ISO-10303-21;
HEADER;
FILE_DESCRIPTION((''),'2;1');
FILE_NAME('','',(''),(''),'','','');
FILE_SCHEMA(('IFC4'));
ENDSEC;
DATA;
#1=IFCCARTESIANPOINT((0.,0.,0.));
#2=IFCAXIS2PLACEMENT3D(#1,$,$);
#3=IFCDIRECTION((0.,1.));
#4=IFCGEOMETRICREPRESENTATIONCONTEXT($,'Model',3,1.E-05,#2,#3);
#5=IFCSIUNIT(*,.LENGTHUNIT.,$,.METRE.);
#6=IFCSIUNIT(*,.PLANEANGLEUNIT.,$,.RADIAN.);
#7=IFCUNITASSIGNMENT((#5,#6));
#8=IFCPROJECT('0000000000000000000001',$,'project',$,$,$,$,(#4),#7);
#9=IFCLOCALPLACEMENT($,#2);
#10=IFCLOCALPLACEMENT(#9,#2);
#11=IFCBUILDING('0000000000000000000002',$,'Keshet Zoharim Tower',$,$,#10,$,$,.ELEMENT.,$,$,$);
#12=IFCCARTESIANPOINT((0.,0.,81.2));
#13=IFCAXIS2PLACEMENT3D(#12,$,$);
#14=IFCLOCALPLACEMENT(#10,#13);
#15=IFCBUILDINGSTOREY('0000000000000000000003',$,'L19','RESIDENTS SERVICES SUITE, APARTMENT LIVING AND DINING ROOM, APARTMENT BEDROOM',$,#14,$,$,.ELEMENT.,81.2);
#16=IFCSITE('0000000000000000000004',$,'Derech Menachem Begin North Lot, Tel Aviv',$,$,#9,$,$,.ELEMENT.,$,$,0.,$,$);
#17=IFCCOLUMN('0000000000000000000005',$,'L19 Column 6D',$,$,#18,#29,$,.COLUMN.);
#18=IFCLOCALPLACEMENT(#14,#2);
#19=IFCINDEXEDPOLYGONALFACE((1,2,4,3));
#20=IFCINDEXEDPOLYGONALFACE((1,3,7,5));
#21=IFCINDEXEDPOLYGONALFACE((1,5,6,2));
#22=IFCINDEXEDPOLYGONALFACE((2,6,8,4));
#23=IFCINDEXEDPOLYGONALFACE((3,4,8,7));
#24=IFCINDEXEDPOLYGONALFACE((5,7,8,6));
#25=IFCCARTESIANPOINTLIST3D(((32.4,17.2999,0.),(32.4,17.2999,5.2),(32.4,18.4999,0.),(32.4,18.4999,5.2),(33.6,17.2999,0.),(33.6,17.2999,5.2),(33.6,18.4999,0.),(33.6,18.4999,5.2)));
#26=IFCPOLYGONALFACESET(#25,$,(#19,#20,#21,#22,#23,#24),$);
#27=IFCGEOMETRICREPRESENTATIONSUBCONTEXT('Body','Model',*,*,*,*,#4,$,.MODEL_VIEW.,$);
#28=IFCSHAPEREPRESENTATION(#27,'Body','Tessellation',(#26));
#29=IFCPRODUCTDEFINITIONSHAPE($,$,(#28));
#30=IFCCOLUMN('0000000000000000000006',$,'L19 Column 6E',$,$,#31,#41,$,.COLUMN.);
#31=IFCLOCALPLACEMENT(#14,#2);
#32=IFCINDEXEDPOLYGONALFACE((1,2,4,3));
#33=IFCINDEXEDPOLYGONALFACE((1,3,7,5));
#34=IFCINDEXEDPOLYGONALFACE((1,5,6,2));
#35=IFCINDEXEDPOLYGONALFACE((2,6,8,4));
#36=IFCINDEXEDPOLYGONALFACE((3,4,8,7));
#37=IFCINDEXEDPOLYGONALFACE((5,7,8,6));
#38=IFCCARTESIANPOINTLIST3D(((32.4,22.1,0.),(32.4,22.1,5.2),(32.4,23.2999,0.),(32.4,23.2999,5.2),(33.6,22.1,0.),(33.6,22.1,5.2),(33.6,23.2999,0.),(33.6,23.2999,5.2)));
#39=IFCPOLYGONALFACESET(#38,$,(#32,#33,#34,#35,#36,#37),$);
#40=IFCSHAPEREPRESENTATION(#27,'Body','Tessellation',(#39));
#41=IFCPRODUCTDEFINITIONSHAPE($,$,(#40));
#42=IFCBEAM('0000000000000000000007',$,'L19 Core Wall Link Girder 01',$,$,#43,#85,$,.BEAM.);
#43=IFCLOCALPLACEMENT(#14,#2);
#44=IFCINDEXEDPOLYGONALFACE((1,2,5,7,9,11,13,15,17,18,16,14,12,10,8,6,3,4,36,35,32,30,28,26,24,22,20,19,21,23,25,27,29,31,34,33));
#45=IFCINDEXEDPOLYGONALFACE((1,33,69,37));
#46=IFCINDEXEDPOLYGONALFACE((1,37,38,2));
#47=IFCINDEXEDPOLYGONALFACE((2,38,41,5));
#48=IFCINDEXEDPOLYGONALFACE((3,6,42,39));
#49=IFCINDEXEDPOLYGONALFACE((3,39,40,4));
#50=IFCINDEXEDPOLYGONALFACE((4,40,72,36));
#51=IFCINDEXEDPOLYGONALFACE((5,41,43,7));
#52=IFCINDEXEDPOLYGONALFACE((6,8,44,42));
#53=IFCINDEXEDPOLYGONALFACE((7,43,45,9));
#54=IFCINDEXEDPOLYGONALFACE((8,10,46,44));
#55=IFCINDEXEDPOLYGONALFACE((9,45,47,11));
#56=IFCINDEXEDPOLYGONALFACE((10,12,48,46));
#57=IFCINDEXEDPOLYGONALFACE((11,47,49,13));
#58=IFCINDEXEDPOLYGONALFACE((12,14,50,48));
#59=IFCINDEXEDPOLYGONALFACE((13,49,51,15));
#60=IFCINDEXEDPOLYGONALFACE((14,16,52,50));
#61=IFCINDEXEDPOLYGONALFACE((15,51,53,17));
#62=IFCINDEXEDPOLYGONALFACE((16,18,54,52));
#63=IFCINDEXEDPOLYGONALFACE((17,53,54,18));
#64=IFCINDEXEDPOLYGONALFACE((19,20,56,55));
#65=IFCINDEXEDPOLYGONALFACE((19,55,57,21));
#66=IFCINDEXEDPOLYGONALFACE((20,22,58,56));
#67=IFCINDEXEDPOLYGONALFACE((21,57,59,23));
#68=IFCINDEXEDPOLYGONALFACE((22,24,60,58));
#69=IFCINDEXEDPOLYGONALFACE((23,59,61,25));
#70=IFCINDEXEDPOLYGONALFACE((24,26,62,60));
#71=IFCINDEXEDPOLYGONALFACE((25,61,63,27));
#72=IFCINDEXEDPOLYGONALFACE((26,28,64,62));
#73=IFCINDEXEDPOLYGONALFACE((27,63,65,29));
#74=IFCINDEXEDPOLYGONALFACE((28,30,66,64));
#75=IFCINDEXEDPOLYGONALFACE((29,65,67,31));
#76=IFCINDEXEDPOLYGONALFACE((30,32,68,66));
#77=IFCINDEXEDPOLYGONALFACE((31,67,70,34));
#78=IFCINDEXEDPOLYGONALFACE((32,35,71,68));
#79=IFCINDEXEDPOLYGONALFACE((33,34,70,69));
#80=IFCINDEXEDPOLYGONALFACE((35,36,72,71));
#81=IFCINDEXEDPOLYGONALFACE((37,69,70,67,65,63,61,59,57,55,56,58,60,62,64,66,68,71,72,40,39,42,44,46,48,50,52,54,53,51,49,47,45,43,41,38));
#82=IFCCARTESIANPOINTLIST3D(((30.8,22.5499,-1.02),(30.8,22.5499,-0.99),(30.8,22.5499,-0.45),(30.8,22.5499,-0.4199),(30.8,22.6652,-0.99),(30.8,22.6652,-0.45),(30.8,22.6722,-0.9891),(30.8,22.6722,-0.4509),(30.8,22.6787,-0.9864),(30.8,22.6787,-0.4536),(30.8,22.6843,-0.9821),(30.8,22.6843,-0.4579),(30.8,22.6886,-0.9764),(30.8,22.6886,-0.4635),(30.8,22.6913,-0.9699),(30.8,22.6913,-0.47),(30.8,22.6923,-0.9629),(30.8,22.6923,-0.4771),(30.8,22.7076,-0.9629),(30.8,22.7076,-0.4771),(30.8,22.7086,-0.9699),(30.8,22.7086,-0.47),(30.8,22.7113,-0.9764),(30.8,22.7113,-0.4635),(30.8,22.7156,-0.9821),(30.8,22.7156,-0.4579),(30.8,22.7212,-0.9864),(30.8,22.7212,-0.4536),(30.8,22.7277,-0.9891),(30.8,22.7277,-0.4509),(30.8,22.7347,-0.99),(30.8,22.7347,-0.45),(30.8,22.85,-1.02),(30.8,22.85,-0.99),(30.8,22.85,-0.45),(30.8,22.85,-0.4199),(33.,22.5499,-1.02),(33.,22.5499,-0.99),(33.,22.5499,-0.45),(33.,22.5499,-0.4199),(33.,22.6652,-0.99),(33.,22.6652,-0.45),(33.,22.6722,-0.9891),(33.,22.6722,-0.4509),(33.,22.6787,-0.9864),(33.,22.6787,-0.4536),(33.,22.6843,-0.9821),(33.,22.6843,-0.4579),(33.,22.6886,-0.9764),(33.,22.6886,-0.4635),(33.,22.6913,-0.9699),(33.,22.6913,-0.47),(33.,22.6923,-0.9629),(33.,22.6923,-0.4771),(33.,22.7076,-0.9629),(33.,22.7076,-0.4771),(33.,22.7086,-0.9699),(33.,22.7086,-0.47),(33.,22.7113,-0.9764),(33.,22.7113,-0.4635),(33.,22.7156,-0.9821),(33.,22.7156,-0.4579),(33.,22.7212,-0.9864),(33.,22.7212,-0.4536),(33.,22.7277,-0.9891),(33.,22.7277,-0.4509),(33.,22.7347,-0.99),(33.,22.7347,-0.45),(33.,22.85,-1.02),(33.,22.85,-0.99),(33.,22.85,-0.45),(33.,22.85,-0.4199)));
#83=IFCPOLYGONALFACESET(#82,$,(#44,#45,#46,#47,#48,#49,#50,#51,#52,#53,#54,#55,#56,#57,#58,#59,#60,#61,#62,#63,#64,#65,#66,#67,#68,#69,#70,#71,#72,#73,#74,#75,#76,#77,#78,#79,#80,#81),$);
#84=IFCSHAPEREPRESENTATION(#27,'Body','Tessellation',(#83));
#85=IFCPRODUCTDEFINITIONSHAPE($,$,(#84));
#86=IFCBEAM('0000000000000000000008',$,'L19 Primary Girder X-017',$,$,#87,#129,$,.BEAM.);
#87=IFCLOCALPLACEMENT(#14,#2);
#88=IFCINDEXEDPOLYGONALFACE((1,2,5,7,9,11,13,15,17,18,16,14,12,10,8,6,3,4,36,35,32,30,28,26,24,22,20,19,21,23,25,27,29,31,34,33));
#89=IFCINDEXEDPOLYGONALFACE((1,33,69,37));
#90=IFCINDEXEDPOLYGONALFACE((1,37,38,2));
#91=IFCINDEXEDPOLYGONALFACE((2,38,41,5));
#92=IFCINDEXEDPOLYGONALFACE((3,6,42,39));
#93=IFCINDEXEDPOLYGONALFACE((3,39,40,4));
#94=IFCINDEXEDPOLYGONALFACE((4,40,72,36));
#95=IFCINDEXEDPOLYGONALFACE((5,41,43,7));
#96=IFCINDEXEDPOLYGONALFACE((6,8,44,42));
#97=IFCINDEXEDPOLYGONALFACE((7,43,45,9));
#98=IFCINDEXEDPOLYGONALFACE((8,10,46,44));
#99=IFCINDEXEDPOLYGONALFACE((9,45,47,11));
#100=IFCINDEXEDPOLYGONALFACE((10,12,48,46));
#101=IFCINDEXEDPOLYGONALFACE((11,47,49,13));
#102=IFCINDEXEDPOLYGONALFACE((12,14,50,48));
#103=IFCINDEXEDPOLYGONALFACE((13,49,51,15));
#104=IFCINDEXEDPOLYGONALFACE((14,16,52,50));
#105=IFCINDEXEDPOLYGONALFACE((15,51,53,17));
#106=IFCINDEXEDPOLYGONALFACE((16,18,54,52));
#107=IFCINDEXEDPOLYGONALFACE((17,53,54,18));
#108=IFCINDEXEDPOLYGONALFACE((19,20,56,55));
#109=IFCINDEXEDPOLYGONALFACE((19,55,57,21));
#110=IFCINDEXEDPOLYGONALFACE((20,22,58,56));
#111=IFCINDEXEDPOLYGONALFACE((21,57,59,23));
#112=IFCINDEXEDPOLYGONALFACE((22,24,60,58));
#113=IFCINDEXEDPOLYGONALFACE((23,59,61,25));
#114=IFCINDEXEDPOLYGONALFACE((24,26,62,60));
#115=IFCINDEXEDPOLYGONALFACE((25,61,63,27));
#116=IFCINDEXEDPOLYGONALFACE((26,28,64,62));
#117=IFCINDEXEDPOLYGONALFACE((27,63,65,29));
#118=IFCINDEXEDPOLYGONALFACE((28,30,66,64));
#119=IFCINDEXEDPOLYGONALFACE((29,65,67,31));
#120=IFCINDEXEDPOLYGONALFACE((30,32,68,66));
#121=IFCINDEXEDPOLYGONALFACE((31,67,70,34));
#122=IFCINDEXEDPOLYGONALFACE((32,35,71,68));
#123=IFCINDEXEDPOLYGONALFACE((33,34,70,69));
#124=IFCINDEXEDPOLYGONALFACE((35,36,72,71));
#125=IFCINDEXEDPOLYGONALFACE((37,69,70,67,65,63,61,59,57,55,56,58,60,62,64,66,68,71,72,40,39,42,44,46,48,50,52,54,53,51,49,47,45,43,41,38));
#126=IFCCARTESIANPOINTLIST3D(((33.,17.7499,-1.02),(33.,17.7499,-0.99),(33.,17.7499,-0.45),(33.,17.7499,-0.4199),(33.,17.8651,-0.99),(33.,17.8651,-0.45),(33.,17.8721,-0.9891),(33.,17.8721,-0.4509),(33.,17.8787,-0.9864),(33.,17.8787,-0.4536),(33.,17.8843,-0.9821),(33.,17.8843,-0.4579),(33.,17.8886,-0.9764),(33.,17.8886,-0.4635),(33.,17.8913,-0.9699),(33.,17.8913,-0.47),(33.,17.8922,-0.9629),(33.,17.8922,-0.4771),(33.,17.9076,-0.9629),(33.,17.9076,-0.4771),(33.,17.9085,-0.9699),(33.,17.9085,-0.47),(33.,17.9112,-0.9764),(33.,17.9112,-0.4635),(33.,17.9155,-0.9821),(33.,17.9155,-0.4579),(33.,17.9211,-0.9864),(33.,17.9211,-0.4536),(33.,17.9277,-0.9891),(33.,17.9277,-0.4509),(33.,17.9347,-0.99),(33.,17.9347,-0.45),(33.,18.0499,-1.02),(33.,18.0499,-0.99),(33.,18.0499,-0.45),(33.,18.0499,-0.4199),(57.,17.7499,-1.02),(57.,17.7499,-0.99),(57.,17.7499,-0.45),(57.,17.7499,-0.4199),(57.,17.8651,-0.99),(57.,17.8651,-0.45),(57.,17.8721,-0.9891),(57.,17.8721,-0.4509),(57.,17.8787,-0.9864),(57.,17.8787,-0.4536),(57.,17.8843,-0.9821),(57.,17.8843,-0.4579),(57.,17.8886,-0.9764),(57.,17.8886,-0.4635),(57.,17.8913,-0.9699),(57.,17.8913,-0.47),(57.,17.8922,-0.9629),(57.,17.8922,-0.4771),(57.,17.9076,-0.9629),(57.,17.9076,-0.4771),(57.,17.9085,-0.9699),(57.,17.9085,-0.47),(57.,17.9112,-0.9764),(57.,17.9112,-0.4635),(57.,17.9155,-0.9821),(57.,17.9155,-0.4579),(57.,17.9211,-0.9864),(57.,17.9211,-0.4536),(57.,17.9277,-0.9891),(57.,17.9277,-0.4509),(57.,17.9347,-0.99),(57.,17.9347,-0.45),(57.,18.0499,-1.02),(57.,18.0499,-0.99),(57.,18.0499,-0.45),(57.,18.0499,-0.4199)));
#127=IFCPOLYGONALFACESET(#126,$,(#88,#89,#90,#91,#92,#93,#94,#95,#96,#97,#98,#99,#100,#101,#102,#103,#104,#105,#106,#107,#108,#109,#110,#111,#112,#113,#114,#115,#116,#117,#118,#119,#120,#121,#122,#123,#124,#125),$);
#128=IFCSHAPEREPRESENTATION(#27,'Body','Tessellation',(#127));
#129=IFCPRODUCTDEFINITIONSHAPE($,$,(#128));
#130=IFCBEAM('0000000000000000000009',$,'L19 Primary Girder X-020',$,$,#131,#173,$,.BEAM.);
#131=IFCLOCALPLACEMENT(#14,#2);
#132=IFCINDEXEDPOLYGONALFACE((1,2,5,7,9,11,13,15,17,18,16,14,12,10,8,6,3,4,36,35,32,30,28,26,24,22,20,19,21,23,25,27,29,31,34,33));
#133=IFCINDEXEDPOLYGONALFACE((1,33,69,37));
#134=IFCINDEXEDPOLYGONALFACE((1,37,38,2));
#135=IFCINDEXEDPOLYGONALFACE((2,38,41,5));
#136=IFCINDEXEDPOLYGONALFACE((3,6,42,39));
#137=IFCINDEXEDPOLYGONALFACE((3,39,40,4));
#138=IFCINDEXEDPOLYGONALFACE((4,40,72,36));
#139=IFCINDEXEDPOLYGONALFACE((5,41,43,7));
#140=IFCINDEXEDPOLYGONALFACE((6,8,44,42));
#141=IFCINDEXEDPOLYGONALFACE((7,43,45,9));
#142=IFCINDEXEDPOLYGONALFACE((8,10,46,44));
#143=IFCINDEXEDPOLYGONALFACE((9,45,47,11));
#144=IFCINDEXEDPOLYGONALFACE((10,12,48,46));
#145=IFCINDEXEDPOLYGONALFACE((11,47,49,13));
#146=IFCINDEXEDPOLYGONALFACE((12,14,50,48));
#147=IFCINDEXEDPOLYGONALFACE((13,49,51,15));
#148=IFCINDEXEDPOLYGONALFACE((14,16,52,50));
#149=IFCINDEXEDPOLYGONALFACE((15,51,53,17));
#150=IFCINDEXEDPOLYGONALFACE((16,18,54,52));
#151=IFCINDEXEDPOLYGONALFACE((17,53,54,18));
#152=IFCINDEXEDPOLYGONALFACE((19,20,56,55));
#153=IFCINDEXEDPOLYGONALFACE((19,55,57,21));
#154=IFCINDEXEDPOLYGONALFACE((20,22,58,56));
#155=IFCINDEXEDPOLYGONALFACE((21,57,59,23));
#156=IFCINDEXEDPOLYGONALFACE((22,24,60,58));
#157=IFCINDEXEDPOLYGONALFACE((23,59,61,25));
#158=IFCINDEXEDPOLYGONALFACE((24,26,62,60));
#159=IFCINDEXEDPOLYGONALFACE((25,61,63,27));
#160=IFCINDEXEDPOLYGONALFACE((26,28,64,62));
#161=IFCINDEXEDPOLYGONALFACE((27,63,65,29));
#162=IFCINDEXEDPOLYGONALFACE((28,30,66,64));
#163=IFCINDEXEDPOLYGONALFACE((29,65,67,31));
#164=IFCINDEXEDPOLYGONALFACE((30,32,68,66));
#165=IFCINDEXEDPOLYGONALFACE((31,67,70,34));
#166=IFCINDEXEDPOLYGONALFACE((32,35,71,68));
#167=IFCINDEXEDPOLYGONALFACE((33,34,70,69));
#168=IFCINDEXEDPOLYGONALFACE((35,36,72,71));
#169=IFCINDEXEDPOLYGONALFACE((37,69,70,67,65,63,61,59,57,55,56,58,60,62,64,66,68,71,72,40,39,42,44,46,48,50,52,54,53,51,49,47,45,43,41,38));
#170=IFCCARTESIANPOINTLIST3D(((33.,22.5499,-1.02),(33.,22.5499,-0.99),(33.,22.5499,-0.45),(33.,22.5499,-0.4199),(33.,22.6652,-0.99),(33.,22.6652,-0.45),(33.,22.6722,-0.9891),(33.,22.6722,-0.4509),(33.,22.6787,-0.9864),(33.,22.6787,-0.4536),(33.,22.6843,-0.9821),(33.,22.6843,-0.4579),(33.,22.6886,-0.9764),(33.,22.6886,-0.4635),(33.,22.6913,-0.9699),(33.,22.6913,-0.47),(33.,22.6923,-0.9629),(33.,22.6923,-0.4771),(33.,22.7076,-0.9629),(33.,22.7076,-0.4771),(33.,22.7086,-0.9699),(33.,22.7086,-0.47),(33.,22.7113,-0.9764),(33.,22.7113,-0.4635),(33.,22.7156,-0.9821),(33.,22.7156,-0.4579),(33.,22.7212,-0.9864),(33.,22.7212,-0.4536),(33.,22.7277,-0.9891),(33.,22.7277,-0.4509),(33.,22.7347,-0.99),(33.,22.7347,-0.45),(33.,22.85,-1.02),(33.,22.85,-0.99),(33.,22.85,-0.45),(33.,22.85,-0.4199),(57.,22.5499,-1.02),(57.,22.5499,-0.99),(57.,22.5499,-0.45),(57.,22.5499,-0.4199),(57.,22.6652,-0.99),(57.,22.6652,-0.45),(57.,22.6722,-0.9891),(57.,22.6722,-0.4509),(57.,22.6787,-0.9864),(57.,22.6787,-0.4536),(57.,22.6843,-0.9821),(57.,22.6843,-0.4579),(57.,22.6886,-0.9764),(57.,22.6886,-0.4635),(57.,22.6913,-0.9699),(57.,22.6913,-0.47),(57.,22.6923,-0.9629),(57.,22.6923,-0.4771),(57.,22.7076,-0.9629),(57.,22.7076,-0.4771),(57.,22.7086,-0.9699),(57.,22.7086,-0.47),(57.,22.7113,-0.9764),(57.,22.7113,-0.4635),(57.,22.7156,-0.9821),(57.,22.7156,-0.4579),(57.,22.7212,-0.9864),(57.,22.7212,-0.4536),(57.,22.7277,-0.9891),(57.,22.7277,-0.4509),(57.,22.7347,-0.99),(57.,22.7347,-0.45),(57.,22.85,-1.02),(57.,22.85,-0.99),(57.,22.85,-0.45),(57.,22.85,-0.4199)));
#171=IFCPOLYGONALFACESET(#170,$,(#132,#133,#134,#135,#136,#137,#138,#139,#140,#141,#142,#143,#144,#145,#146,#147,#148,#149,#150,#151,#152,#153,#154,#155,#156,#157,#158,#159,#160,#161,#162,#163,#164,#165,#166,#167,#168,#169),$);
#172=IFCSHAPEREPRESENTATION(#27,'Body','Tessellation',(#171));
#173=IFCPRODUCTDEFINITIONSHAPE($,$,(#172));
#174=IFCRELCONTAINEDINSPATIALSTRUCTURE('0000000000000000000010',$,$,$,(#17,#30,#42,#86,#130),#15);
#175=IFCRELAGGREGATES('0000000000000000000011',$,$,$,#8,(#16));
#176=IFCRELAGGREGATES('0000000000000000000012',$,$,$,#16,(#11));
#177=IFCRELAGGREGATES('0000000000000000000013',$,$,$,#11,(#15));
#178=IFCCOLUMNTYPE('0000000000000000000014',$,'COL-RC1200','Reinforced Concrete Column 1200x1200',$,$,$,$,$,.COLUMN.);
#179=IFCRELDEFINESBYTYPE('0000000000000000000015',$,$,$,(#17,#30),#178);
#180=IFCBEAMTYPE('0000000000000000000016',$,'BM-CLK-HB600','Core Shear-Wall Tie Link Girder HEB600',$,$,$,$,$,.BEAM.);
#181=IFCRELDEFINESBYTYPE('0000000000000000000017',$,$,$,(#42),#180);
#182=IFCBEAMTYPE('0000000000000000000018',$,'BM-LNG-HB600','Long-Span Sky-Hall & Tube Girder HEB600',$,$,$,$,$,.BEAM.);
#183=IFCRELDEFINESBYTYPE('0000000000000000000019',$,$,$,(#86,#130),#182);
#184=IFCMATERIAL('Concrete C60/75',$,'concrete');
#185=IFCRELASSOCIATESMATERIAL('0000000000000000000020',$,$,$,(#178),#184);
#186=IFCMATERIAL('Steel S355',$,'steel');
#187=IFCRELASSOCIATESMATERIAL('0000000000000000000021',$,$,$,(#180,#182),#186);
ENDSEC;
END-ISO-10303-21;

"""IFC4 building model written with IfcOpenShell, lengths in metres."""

from ifc_helpers import new_model, si_unit, direction, frame, origin, origin_2d, place, context, subcontext, project, spatial, rectangle, i_section, extrude, material, material_profile, profile_set, type_object, element, save


model = new_model("IFC4")

# Units and contexts
model_context = context("Model", 3, precision=1e-05, world=origin(), true_north=direction((0.0, 1.0)))
body_context = subcontext(model_context, "Body", "Model", "MODEL_VIEW")
ifc_project = project(units=[si_unit("LENGTHUNIT", "METRE"), si_unit("PLANEANGLEUNIT", "RADIAN")], contexts=[model_context])

# Site, building, storey
site_placement = place(None, origin())
site = spatial("IfcSite", under=ifc_project, at=site_placement, Name="Derech Menachem Begin North Lot, Tel Aviv", CompositionType="ELEMENT", RefElevation=0.0)
building_placement = place(site_placement, origin())
building = spatial("IfcBuilding", under=site, at=building_placement, Name="Keshet Zoharim Tower", CompositionType="ELEMENT")
storey_placement = place(building_placement, frame((0.0, 0.0, 81.2)))
storey = spatial("IfcBuildingStorey", under=building, at=storey_placement, Name="L19", Description="RESIDENTS SERVICES SUITE, APARTMENT LIVING AND DINING ROOM, APARTMENT BEDROOM", CompositionType="ELEMENT", Elevation=81.2)

# Columns
ifc_material_1 = material(Name="Concrete C60/75", Category="concrete")
ifc_material_profile_1 = material_profile(ifc_material_1, rectangle(XDim=1.2, YDim=1.2, at=origin_2d()), Name="RC1200x1200")
ifc_profile_set_1 = profile_set([ifc_material_profile_1], Name="Concrete C60/75")
column_type = type_object("IfcColumnType", Name="COL-RC1200", Description="Reinforced Concrete Column 1200x1200", PredefinedType="COLUMN", material=ifc_profile_set_1)
for number, where, z_axis, x_axis, name in (
    (1, (33.0, 17.8999, 0.0), (0.0, 0.0, 1.0), (1.0, 0.0, 0.0), "L19 Column 6D"),
    (2, (33.0, 22.7, 0.0), (0.0, 0.0, 1.0), (1.0, 0.0, 0.0), "L19 Column 6E"),
):
    element("IfcColumn", number, at=place(storey_placement, frame(where, z_axis=z_axis, x_axis=x_axis)), inside=storey, type_object=column_type, Name=name, PredefinedType="COLUMN", context=body_context, shape_type="SweptSolid", body=[
        extrude(rectangle(XDim=1.2, YDim=1.2, at=origin_2d()), origin(), (0.0, 0.0, 1.0), 5.2),
    ])

# Beams
ifc_material_2 = material(Name="Steel S355", Category="steel")
ifc_material_profile_2 = material_profile(ifc_material_2, i_section(OverallWidth=0.3, OverallDepth=0.6001, WebThickness=0.0154, FlangeThickness=0.03, FilletRadius=0.0271, at=origin_2d()), Name="HEB600")
ifc_profile_set_2 = profile_set([ifc_material_profile_2], Name="Steel S355")
beam_type_1 = type_object("IfcBeamType", Name="BM-CLK-HB600", Description="Core Shear-Wall Tie Link Girder HEB600", PredefinedType="BEAM", material=ifc_profile_set_2)
beam_1_placement = place(storey_placement, frame((30.8, 22.7, -0.72), z_axis=(1.0, 0.0, 0.0), x_axis=(0.0, 1.0, 0.0)))
element("IfcBeam", 3, at=beam_1_placement, inside=storey, type_object=beam_type_1, Name="L19 Core Wall Link Girder 01", PredefinedType="BEAM", context=body_context, shape_type="SweptSolid", body=[
    extrude(i_section(OverallWidth=0.3, OverallDepth=0.6001, WebThickness=0.0154, FlangeThickness=0.03, FilletRadius=0.0271, at=origin_2d()), origin(), (0.0, 0.0, 1.0), 2.2),
])
ifc_material_profile_3 = material_profile(ifc_material_2, i_section(OverallWidth=0.3, OverallDepth=0.6001, WebThickness=0.0154, FlangeThickness=0.03, FilletRadius=0.0271, at=origin_2d()), Name="HEB600")
ifc_profile_set_3 = profile_set([ifc_material_profile_3], Name="Steel S355")
beam_type_2 = type_object("IfcBeamType", Name="BM-LNG-HB600", Description="Long-Span Sky-Hall & Tube Girder HEB600", PredefinedType="BEAM", material=ifc_profile_set_3)
for number, where, z_axis, x_axis, name in (
    (4, (33.0, 17.8999, -0.72), (1.0, 0.0, 0.0), (0.0, 1.0, 0.0), "L19 Primary Girder X-017"),
    (5, (33.0, 22.7, -0.72), (1.0, 0.0, 0.0), (0.0, 1.0, 0.0), "L19 Primary Girder X-020"),
):
    element("IfcBeam", number, at=place(storey_placement, frame(where, z_axis=z_axis, x_axis=x_axis)), inside=storey, type_object=beam_type_2, Name=name, PredefinedType="BEAM", context=body_context, shape_type="SweptSolid", body=[
        extrude(i_section(OverallWidth=0.3, OverallDepth=0.6001, WebThickness=0.0154, FlangeThickness=0.03, FilletRadius=0.0271, at=origin_2d()), origin(), (0.0, 0.0, 1.0), 24.0),
    ])

save(model, "model.ifc")
